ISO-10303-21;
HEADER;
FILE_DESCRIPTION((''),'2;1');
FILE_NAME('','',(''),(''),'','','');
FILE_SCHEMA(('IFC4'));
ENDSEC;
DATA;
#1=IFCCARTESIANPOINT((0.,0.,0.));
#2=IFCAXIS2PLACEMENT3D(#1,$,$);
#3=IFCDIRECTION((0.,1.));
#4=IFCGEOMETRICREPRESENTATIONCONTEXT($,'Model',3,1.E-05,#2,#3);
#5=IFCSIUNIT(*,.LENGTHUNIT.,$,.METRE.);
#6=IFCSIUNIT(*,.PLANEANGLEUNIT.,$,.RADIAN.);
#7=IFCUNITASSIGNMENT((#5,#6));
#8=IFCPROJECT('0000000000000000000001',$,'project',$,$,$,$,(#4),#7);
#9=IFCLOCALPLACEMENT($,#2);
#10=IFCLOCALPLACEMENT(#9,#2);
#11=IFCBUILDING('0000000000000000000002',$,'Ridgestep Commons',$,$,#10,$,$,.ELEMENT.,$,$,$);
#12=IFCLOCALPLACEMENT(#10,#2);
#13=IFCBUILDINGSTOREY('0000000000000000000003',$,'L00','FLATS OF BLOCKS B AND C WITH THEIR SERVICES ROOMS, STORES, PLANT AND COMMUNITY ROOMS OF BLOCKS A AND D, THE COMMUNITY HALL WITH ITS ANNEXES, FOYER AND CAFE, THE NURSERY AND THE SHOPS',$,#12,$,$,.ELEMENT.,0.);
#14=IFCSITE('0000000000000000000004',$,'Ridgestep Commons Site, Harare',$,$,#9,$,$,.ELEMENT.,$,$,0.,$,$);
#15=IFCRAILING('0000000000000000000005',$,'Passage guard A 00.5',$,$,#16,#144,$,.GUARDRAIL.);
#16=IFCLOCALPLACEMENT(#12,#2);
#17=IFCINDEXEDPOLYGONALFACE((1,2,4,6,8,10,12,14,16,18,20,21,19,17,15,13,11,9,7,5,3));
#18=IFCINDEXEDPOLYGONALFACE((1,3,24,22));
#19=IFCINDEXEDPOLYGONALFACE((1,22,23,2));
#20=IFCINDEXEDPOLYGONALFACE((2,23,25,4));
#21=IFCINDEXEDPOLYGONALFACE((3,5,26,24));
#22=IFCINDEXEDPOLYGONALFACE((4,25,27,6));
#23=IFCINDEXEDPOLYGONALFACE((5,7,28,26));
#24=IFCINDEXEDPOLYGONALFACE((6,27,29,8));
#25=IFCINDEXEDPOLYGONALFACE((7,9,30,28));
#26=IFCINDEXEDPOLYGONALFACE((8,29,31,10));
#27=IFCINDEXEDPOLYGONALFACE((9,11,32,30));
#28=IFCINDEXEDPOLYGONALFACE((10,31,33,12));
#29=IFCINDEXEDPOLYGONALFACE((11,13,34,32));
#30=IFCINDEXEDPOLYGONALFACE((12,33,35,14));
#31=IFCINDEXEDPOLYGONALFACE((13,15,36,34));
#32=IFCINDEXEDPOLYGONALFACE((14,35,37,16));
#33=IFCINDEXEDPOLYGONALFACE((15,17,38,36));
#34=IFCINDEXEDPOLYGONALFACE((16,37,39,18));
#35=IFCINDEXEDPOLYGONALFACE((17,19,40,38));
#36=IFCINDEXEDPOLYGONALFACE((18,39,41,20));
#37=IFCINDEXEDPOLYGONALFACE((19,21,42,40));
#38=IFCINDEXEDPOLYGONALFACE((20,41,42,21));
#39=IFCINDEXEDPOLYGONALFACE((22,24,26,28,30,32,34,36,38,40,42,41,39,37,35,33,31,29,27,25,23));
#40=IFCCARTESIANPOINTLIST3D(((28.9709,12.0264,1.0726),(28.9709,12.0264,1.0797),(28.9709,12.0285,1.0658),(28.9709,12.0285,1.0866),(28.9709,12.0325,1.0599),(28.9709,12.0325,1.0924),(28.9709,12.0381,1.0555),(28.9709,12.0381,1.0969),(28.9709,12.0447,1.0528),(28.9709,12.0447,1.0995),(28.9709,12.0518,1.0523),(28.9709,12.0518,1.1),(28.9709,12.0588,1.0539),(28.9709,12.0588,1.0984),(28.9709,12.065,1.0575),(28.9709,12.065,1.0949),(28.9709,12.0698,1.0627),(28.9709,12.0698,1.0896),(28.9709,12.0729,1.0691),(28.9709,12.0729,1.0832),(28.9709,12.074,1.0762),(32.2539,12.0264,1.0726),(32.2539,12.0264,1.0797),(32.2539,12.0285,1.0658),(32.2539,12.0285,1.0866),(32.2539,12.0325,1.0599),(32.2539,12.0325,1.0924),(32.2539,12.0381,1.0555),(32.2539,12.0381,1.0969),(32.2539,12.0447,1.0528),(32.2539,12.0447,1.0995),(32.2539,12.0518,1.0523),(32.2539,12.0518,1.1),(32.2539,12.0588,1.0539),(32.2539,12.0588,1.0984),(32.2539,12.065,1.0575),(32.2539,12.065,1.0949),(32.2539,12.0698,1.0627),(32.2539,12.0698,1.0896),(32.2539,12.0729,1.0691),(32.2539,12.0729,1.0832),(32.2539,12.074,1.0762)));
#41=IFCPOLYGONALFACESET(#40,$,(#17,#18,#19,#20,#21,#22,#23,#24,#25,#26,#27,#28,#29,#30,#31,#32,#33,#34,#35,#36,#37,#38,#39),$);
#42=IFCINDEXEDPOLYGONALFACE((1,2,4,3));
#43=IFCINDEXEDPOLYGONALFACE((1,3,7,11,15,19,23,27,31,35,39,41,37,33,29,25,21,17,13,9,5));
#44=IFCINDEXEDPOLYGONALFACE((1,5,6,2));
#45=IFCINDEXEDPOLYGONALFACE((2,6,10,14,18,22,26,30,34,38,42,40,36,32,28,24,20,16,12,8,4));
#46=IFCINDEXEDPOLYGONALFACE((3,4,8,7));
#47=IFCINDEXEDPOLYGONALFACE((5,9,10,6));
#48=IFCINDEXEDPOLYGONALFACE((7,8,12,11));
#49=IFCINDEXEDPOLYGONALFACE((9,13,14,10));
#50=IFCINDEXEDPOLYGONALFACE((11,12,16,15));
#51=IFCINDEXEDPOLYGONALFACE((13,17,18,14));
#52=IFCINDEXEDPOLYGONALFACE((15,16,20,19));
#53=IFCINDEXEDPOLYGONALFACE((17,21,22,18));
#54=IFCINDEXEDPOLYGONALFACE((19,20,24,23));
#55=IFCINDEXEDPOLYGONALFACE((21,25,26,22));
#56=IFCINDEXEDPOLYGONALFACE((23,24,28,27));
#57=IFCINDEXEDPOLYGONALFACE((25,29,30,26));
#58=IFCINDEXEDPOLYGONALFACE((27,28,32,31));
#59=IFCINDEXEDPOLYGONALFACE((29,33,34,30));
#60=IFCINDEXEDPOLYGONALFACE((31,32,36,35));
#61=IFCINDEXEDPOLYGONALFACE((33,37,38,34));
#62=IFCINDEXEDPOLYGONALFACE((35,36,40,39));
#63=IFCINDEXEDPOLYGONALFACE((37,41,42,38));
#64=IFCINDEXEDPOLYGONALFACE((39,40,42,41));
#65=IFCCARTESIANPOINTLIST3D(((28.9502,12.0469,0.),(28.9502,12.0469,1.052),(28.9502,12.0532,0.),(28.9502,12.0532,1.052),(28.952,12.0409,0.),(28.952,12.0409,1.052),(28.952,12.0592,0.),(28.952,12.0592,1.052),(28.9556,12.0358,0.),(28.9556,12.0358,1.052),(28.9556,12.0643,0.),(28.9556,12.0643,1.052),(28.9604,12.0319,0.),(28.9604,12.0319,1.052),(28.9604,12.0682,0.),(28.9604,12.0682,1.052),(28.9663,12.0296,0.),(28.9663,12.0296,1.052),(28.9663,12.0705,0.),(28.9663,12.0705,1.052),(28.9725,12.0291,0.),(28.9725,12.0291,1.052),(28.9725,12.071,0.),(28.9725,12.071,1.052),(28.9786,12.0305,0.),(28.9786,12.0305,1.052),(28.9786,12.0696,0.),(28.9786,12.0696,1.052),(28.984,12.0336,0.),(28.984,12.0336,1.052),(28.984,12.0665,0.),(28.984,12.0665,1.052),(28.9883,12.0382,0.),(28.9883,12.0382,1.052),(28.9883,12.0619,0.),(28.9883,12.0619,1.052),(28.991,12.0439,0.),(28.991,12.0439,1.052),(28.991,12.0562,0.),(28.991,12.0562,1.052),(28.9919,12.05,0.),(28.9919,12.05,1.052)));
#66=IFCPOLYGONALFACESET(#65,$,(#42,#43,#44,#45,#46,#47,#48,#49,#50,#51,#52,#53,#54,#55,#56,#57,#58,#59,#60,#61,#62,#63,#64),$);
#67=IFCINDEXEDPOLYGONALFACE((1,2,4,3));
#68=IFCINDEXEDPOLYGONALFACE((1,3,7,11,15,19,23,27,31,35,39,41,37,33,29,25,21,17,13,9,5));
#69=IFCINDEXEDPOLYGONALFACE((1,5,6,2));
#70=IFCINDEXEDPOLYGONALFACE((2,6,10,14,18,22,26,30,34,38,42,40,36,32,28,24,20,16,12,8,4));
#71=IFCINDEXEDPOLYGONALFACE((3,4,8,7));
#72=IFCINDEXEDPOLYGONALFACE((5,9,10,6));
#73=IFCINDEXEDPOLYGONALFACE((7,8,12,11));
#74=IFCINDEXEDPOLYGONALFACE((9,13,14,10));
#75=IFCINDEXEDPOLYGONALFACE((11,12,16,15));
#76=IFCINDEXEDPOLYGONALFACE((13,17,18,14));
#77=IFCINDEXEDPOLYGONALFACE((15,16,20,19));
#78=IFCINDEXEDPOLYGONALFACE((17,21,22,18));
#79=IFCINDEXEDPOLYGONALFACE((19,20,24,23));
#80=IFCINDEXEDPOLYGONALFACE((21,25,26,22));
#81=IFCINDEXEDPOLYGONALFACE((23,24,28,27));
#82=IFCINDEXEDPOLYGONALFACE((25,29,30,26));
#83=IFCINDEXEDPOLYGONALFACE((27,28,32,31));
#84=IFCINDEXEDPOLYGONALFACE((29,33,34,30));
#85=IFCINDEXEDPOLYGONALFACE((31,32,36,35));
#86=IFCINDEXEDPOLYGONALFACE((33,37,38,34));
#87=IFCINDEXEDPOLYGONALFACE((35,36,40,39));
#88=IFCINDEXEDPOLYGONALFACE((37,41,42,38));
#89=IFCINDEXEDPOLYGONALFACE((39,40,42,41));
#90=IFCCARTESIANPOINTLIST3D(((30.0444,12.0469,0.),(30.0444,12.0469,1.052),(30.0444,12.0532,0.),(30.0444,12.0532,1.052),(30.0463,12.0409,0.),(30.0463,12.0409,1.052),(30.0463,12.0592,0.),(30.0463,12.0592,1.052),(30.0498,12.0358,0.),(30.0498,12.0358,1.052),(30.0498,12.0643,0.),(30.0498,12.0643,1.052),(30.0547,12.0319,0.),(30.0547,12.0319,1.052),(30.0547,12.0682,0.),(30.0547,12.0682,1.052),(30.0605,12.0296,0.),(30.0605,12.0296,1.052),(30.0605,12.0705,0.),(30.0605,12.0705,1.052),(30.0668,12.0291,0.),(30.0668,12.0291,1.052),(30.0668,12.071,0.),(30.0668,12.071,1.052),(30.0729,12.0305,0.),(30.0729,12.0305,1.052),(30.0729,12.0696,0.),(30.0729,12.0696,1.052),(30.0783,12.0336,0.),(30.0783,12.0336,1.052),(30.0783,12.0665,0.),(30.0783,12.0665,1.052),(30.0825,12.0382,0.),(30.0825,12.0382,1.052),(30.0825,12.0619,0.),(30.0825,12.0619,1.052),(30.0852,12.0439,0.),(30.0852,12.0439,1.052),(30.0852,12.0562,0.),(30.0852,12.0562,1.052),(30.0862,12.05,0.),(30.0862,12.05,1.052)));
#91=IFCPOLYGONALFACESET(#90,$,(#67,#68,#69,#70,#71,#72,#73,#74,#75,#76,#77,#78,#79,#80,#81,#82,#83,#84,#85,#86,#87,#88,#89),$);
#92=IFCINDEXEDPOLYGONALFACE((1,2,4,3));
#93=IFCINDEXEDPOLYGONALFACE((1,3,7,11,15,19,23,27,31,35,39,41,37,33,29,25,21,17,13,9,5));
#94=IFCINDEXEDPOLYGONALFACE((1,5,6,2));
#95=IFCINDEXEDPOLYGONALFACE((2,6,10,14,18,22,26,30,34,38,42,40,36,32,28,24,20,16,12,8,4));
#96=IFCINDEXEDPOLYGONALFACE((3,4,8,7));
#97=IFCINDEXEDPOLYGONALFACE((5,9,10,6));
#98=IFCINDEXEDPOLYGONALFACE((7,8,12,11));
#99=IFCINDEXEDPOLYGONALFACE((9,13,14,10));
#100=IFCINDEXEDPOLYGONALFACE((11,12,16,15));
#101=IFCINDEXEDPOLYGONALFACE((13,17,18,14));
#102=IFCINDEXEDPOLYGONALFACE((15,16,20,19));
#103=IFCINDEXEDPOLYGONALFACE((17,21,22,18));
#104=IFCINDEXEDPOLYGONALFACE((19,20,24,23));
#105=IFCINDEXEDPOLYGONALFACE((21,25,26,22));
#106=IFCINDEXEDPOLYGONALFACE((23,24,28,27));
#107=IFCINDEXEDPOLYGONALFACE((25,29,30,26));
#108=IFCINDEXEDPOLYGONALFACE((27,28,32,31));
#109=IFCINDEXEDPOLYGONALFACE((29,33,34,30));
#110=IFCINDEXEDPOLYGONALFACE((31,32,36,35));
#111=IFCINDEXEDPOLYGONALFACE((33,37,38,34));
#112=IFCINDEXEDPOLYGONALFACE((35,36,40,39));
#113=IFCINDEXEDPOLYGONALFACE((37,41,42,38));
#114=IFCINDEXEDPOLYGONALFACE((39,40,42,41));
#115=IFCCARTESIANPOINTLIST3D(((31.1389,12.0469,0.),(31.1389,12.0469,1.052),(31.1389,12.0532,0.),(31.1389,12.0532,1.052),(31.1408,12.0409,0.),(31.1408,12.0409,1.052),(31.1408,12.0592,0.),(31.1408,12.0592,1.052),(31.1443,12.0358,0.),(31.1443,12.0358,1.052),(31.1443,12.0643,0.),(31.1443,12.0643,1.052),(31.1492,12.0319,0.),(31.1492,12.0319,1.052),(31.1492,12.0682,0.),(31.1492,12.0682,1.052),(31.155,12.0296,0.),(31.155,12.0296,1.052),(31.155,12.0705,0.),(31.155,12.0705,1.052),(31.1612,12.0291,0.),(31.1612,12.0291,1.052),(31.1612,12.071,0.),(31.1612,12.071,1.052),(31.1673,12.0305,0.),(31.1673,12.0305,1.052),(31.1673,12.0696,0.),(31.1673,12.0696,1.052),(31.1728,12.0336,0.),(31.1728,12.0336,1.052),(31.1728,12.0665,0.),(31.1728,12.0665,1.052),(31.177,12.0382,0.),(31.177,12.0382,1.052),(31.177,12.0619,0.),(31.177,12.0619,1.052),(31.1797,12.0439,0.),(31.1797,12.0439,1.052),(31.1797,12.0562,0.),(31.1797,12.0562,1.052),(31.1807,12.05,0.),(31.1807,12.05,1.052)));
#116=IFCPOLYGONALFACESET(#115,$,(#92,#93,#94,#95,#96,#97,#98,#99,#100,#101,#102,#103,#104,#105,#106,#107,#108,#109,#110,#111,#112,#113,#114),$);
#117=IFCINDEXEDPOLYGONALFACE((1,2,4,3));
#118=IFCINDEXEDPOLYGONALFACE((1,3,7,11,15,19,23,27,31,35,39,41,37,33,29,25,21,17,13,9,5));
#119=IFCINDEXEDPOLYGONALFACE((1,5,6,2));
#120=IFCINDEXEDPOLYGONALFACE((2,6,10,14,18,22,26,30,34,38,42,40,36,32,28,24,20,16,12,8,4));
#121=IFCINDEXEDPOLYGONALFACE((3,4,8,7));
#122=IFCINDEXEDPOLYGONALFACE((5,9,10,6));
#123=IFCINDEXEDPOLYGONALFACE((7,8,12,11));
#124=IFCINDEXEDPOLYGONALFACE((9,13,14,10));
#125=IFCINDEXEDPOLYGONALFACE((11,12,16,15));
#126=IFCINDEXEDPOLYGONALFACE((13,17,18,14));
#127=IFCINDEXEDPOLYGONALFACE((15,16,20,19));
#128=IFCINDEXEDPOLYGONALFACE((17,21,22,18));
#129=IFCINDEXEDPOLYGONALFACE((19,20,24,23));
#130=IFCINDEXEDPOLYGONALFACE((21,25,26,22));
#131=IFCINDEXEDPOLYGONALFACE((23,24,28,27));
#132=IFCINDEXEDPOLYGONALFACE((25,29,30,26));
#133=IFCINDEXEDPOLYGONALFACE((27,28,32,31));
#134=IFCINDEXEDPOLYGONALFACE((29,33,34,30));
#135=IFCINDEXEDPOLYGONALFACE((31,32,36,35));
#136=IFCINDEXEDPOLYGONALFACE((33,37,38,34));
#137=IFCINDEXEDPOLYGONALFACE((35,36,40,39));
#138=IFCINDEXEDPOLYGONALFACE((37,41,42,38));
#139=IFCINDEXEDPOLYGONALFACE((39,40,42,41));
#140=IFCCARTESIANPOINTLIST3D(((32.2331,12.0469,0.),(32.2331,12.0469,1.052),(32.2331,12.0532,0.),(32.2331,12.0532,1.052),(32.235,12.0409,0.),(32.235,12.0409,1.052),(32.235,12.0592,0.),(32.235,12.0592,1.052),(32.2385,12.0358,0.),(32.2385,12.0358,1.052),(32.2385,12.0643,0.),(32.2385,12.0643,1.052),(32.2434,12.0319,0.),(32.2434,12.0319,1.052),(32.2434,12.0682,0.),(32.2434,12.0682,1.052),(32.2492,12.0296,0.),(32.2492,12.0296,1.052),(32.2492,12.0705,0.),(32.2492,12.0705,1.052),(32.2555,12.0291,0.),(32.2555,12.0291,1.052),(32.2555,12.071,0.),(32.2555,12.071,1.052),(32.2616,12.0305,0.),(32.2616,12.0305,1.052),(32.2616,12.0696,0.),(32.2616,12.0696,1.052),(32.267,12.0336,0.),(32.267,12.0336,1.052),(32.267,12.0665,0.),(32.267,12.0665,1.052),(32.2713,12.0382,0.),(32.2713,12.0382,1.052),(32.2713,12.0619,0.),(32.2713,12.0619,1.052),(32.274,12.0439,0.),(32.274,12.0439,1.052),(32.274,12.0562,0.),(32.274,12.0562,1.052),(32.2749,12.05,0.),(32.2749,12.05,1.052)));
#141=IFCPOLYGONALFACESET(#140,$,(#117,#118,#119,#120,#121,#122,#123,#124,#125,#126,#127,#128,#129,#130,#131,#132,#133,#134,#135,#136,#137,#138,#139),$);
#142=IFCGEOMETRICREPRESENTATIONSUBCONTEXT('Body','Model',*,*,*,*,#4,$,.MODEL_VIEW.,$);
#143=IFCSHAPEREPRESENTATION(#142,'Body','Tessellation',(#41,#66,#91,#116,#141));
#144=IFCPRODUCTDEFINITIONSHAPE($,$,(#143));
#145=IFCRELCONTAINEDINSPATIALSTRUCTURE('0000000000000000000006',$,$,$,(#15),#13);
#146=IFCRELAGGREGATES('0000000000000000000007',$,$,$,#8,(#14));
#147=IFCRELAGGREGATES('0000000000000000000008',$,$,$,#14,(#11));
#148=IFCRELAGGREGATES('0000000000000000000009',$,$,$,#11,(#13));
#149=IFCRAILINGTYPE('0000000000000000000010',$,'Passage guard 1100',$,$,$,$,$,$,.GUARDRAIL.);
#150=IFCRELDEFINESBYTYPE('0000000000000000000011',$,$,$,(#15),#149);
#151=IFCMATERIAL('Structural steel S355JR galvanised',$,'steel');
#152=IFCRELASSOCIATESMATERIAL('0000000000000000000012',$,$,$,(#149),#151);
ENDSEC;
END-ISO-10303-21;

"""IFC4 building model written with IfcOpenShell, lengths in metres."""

from ifc_helpers import new_model, si_unit, direction, frame, origin, origin_2d, place, context, subcontext, project, spatial, circle, extrude, material, type_object, element, save


model = new_model("IFC4")

# Units and contexts
model_context = context("Model", 3, precision=1e-05, world=origin(), true_north=direction((0.0, 1.0)))
body_context = subcontext(model_context, "Body", "Model", "MODEL_VIEW")
ifc_project = project(units=[si_unit("LENGTHUNIT", "METRE"), si_unit("PLANEANGLEUNIT", "RADIAN")], contexts=[model_context])

# Site, building, storey
site_placement = place(None, origin())
site = spatial("IfcSite", under=ifc_project, at=site_placement, Name="Ridgestep Commons Site, Harare", CompositionType="ELEMENT", RefElevation=0.0)
building_placement = place(site_placement, origin())
building = spatial("IfcBuilding", under=site, at=building_placement, Name="Ridgestep Commons", CompositionType="ELEMENT")
storey_placement = place(building_placement, origin())
storey = spatial("IfcBuildingStorey", under=building, at=storey_placement, Name="L00", Description="FLATS OF BLOCKS B AND C WITH THEIR SERVICES ROOMS, STORES, PLANT AND COMMUNITY ROOMS OF BLOCKS A AND D, THE COMMUNITY HALL WITH ITS ANNEXES, FOYER AND CAFE, THE NURSERY AND THE SHOPS", CompositionType="ELEMENT", Elevation=0.0)

# Railing
ifc_material_1 = material(Name="Structural steel S355JR galvanised", Category="steel")
railing_type_1 = type_object("IfcRailingType", Name="Passage guard 1100", PredefinedType="GUARDRAIL", material=ifc_material_1)
railing_1_placement = place(storey_placement, frame((28.9709, 12.05, 0.0)))
element("IfcRailing", 1, at=railing_1_placement, inside=storey, type_object=railing_type_1, Name="Passage guard A 00.5", PredefinedType="GUARDRAIL", context=body_context, shape_type="SweptSolid", body=[
    extrude(circle(Radius=0.0239, at=origin_2d()), frame((0.0, 0.0, 1.0762), z_axis=(1.0, 0.0, 0.0), x_axis=(0.0, 1.0, 0.0)), (0.0, 0.0, 1.0), 3.283),
    extrude(circle(Radius=0.021, at=origin_2d()), origin(), (0.0, 0.0, 1.0), 1.052),
    extrude(circle(Radius=0.021, at=origin_2d()), frame((1.0942, 0.0, 0.0)), (0.0, 0.0, 1.0), 1.052),
    extrude(circle(Radius=0.021, at=origin_2d()), frame((2.1887, 0.0, 0.0)), (0.0, 0.0, 1.0), 1.052),
    extrude(circle(Radius=0.021, at=origin_2d()), frame((3.283, 0.0, 0.0)), (0.0, 0.0, 1.0), 1.052),
])

save(model, "model.ifc")
